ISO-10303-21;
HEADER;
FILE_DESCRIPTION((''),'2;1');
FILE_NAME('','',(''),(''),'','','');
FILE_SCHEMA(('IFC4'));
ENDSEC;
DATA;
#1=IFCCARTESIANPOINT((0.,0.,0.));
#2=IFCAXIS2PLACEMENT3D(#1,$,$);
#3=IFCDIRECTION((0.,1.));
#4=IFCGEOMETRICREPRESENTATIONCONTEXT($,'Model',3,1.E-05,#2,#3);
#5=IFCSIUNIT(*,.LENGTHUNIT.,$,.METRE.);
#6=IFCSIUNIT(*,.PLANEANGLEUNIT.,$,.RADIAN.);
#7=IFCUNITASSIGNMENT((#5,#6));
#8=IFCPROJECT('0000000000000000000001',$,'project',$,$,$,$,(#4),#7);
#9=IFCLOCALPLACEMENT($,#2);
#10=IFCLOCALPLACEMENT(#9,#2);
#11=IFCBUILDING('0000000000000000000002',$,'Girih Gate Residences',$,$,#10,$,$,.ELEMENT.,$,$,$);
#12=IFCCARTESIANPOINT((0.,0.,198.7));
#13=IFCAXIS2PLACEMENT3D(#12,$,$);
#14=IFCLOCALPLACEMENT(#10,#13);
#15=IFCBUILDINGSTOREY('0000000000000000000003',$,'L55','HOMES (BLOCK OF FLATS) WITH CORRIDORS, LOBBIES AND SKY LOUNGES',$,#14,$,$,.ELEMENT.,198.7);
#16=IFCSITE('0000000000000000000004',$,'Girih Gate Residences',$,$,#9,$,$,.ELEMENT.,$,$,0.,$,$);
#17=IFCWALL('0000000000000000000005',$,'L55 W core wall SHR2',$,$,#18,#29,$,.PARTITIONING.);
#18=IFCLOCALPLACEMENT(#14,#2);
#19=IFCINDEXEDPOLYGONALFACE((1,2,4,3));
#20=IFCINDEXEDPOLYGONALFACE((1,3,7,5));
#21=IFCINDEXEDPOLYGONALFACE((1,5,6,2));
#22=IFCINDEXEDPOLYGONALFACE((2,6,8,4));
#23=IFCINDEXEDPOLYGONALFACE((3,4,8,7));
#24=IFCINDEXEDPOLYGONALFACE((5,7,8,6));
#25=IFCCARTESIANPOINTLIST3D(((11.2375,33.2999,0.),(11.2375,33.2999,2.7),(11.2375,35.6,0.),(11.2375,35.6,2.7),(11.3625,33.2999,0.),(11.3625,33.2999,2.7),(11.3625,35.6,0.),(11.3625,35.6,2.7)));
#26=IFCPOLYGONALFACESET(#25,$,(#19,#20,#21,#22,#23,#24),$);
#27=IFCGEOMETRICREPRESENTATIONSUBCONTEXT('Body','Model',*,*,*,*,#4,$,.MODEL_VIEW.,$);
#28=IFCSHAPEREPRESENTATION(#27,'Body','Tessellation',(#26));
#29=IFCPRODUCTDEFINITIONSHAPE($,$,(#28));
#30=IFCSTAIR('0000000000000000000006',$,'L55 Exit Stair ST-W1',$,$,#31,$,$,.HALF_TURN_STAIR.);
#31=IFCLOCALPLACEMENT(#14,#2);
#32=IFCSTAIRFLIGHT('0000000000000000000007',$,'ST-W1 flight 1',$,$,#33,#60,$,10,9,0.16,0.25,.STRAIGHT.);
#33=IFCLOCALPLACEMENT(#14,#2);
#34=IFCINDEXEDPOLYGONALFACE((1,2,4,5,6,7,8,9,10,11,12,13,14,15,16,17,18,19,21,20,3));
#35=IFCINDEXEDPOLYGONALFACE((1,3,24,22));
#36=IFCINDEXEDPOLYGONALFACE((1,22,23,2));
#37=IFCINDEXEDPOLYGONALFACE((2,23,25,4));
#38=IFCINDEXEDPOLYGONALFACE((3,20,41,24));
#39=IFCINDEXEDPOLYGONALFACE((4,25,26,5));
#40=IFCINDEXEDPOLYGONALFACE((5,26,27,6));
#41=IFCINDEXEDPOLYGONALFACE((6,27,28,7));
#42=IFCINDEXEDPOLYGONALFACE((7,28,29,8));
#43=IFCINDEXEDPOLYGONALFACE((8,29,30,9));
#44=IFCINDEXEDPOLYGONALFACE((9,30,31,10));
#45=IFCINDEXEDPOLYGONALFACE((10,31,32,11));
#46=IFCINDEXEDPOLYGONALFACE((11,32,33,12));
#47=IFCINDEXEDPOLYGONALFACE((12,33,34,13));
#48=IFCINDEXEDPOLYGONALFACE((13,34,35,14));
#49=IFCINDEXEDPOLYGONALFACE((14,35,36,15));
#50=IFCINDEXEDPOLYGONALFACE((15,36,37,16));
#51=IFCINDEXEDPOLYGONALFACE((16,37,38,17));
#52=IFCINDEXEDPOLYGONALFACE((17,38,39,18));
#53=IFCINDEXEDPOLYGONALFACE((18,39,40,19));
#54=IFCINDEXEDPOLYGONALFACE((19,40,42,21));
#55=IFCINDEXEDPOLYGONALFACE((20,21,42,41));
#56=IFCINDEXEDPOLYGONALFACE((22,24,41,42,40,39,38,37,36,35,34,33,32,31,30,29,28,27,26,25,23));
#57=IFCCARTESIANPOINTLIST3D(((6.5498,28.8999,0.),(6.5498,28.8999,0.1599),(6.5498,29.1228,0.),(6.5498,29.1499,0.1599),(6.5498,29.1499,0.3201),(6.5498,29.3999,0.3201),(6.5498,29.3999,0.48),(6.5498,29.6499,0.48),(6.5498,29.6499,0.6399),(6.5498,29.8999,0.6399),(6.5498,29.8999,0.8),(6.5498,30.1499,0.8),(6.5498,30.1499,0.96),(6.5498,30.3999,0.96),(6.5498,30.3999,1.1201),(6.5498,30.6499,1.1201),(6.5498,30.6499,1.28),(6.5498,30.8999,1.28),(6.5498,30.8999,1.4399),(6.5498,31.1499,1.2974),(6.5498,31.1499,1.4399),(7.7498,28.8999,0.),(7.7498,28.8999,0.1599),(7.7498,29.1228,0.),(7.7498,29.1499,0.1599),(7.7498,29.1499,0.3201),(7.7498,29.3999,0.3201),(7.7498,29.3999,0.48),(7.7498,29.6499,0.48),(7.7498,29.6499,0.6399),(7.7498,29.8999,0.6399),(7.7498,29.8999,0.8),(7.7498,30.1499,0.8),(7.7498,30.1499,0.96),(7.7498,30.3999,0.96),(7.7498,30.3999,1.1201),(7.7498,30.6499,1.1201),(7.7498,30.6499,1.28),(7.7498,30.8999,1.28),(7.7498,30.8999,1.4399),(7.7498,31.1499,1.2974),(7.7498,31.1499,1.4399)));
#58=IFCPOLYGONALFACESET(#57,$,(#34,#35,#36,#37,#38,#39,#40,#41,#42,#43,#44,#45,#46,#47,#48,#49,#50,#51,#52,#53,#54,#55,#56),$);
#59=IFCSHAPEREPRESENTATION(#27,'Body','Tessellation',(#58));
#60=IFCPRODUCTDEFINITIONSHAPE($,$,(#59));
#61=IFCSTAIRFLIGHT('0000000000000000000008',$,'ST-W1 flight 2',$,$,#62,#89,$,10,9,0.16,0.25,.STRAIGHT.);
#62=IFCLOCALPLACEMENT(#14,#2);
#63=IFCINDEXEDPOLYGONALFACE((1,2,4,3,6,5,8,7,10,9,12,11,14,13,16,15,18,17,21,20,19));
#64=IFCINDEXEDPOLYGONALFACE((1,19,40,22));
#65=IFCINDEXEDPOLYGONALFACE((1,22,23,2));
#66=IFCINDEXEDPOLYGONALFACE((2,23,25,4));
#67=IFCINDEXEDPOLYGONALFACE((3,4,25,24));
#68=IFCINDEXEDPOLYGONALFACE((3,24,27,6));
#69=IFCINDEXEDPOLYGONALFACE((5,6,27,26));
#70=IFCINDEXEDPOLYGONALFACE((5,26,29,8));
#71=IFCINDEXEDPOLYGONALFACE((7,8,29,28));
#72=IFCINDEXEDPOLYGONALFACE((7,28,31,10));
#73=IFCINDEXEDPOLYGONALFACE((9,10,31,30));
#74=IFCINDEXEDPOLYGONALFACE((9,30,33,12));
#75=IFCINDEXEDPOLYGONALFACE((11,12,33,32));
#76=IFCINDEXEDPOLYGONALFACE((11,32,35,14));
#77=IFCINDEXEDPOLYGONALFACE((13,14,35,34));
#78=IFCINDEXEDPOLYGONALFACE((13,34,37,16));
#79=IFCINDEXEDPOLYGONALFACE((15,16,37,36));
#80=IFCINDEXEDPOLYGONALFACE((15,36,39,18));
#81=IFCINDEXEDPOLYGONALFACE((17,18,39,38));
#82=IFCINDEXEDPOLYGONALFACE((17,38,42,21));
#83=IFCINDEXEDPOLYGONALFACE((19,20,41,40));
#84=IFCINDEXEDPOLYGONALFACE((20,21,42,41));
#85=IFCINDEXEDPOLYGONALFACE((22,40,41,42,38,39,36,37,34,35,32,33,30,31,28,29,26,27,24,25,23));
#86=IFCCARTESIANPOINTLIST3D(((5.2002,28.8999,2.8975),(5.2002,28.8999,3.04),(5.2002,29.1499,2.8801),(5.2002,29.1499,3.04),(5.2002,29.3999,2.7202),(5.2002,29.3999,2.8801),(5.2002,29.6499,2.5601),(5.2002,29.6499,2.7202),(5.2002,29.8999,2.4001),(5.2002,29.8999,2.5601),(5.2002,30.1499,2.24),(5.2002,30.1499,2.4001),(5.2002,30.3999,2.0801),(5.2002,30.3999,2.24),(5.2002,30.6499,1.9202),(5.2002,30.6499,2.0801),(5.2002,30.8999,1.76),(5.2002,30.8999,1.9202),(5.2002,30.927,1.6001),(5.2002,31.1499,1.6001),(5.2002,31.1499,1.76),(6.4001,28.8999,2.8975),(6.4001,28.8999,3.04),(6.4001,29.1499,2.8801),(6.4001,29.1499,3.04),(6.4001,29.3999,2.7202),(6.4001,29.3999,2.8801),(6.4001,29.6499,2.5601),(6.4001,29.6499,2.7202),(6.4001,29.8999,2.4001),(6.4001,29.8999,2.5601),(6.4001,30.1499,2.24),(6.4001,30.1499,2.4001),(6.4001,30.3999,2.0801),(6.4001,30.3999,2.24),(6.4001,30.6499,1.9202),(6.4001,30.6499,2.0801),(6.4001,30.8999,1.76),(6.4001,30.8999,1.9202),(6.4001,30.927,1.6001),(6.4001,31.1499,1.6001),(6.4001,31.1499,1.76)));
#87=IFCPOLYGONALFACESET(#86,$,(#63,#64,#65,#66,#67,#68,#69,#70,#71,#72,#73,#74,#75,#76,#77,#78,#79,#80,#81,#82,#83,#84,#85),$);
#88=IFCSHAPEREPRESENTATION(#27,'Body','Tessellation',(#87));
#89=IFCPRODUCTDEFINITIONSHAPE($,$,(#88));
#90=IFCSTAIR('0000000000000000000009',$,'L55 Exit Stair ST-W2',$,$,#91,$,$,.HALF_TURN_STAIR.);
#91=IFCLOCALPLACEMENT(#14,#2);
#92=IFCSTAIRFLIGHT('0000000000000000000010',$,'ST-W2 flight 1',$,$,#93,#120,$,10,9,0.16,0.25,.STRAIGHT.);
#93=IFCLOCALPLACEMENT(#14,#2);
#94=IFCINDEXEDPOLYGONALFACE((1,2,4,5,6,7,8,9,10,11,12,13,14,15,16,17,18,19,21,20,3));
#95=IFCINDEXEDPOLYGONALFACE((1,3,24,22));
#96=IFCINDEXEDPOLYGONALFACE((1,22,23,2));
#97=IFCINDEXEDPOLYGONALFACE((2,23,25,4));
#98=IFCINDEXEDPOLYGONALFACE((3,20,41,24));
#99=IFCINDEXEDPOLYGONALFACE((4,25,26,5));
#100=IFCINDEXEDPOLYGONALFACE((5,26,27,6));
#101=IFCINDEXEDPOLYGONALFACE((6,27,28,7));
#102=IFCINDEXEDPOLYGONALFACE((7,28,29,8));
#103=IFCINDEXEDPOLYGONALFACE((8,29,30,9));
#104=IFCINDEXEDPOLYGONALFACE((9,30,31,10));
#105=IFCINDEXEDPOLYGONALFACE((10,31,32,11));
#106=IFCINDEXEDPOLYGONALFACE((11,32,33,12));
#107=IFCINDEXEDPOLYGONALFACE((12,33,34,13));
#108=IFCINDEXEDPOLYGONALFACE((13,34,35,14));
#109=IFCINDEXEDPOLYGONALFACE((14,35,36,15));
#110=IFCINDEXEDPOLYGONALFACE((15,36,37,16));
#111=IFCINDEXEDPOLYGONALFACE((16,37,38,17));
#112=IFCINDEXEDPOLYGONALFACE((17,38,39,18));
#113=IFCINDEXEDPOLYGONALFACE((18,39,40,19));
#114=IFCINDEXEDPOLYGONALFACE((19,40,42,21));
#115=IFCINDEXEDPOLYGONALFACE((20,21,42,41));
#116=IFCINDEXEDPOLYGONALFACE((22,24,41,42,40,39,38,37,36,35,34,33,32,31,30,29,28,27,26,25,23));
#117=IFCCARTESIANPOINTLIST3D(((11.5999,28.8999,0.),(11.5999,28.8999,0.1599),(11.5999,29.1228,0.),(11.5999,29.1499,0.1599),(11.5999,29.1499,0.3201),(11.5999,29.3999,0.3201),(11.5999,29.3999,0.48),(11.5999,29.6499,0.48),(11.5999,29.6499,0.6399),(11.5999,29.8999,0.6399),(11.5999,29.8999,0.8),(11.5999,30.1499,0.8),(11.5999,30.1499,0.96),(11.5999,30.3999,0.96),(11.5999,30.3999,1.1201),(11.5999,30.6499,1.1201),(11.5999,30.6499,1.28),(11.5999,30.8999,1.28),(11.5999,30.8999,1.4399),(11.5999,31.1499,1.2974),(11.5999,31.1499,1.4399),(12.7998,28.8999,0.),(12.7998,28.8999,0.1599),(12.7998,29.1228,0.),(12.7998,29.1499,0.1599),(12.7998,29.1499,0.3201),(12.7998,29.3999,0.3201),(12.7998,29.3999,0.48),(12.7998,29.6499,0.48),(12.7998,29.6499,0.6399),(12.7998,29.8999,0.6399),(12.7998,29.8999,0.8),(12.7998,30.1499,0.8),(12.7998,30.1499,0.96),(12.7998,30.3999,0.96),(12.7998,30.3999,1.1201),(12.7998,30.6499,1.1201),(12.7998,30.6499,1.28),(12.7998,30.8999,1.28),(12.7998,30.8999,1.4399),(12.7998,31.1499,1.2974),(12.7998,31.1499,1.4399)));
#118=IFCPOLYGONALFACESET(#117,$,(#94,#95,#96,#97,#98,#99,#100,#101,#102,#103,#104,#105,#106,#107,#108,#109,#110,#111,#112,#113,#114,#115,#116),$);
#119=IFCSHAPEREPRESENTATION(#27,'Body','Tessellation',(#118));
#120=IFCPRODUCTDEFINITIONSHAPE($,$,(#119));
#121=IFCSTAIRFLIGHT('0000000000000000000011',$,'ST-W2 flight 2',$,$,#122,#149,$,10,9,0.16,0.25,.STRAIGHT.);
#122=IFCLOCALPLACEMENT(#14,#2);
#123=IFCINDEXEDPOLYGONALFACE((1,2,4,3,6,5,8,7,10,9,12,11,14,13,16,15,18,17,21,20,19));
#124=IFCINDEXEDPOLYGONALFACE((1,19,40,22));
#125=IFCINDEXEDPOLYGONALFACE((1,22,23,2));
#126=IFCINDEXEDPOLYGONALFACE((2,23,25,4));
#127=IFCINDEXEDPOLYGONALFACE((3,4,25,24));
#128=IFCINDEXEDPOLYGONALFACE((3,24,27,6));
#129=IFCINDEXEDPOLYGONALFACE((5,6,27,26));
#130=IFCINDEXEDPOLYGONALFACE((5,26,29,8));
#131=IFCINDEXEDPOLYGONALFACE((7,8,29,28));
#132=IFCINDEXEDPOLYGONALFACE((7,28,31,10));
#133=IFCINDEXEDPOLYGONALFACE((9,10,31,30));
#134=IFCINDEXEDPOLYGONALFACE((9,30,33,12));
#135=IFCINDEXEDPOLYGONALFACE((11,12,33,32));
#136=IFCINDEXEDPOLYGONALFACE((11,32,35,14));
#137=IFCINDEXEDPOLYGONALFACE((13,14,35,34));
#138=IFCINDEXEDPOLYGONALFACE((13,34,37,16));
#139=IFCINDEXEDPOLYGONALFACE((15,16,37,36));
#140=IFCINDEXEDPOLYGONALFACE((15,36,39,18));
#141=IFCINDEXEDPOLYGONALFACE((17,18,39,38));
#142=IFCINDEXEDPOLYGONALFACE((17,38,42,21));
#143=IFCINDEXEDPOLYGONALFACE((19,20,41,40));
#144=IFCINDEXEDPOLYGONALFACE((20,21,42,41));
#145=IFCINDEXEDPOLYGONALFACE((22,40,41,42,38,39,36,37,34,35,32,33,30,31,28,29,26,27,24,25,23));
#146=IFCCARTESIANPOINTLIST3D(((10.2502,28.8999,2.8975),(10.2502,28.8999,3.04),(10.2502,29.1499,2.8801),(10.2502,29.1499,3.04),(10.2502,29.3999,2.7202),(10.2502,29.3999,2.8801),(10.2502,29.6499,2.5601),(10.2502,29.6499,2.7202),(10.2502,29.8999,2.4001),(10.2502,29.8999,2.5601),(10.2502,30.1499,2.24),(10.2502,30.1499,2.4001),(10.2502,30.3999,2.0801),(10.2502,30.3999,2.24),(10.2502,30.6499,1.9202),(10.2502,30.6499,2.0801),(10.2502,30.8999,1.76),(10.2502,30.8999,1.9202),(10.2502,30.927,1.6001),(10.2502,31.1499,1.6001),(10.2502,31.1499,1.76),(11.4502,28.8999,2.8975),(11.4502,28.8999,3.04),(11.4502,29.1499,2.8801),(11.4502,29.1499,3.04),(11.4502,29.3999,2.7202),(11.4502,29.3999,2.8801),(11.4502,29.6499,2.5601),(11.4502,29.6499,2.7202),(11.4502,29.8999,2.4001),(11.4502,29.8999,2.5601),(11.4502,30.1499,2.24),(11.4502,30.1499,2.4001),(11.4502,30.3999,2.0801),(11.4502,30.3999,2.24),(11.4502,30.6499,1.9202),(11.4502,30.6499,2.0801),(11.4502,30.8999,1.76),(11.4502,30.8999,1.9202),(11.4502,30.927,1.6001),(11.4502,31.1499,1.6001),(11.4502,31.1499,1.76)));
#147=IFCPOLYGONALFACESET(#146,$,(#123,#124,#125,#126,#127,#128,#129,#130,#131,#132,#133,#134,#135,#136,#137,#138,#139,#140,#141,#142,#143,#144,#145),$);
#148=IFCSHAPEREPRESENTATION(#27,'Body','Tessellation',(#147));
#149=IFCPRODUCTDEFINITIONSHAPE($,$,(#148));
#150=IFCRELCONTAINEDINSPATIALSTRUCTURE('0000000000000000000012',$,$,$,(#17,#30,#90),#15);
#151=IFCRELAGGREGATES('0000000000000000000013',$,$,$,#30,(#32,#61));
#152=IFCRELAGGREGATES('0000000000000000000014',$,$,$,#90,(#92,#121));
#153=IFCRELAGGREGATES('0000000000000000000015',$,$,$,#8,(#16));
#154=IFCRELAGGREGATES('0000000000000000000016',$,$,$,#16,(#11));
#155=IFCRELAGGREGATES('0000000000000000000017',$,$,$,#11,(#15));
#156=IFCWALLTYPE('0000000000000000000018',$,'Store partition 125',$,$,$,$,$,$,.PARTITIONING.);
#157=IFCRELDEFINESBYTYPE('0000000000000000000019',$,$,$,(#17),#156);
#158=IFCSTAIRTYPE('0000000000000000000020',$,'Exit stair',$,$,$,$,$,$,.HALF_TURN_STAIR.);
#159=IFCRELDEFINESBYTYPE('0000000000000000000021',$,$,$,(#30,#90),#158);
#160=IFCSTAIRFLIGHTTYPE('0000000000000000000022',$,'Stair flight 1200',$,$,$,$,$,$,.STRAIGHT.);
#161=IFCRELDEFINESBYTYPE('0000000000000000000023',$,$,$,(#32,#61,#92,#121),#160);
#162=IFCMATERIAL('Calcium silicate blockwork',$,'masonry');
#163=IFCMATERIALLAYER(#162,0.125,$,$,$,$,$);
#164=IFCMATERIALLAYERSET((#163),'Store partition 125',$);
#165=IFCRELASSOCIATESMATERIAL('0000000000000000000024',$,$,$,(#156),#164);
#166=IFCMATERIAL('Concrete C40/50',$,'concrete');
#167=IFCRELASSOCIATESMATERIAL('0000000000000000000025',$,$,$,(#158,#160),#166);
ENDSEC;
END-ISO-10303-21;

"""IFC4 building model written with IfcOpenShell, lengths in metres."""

from ifc_helpers import new_model, si_unit, direction, frame, frame_2d, origin, place, context, subcontext, project, spatial, polyline, rectangle, outline, extrude, material, layer, layer_set, type_object, element, aggregate, save


model = new_model("IFC4")

# Units and contexts
model_context = context("Model", 3, precision=1e-05, world=origin(), true_north=direction((0.0, 1.0)))
body_context = subcontext(model_context, "Body", "Model", "MODEL_VIEW")
ifc_project = project(units=[si_unit("LENGTHUNIT", "METRE"), si_unit("PLANEANGLEUNIT", "RADIAN")], contexts=[model_context])

# Site, building, storey
site_placement = place(None, origin())
site = spatial("IfcSite", under=ifc_project, at=site_placement, Name="Girih Gate Residences", CompositionType="ELEMENT", RefElevation=0.0)
building_placement = place(site_placement, origin())
building = spatial("IfcBuilding", under=site, at=building_placement, Name="Girih Gate Residences", CompositionType="ELEMENT")
storey_placement = place(building_placement, frame((0.0, 0.0, 198.7)))
storey = spatial("IfcBuildingStorey", under=building, at=storey_placement, Name="L55", Description="HOMES (BLOCK OF FLATS) WITH CORRIDORS, LOBBIES AND SKY LOUNGES", CompositionType="ELEMENT", Elevation=198.7)

# Shared definitions
ifc_material_1 = material(Name="Concrete C40/50", Category="concrete")

# Wall
ifc_material_2 = material(Name="Calcium silicate blockwork", Category="masonry")
ifc_layer_1 = layer(ifc_material_2, 0.125)
ifc_layer_set_1 = layer_set([ifc_layer_1], Name="Store partition 125")
wall_type_1 = type_object("IfcWallType", Name="Store partition 125", PredefinedType="PARTITIONING", material=ifc_layer_set_1)
wall_1_placement = place(storey_placement, frame((11.3, 33.3, 0.0), z_axis=(0.0, 0.0, 1.0), x_axis=(0.0, 1.0, 0.0)))
element("IfcWall", 1, at=wall_1_placement, inside=storey, type_object=wall_type_1, Name="L55 W core wall SHR2", PredefinedType="PARTITIONING", context=body_context, shape_type="SweptSolid", body=[
    extrude(rectangle(XDim=2.3, YDim=0.125, at=frame_2d((1.1499, 0.0))), origin(), (0.0, 0.0, 1.0), 2.7),
])

# Stairs, stair flights
stair_type = type_object("IfcStairType", Name="Exit stair", PredefinedType="HALF_TURN_STAIR", material=ifc_material_1)
stair_1_placement = place(storey_placement, origin())
stair_1 = element("IfcStair", 2, at=stair_1_placement, inside=storey, type_object=stair_type, Name="L55 Exit Stair ST-W1", PredefinedType="HALF_TURN_STAIR")
stair_flight_type = type_object("IfcStairFlightType", Name="Stair flight 1200", PredefinedType="STRAIGHT", material=ifc_material_1)
stair_flight_1_placement = place(storey_placement, frame((7.1499, 28.8999, 0.0), z_axis=(0.0, 0.0, 1.0), x_axis=(0.0, 1.0, 0.0)))
stair_flight_1 = element("IfcStairFlight", 3, at=stair_flight_1_placement, type_object=stair_flight_type, Name="ST-W1 flight 1", NumberOfRisers=10, NumberOfTreads=9, PredefinedType="STRAIGHT", RiserHeight=0.16, TreadLength=0.25, context=body_context, shape_type="SweptSolid", body=[
    extrude(outline(polyline([(0.0, 0.0), (0.0, 0.1599), (0.25, 0.1599), (0.25, 0.3201), (0.5, 0.3201), (0.5, 0.48), (0.75, 0.48), (0.75, 0.6399), (1.0, 0.6399), (1.0, 0.8), (1.25, 0.8), (1.25, 0.96), (1.5, 0.96), (1.5, 1.1201), (1.75, 1.1201), (1.75, 1.28), (2.0, 1.28), (2.0, 1.4399), (2.25, 1.4399), (2.25, 1.6001), (2.25, 1.2974), (0.2229, 0.0), (0.0, 0.0)])), frame((0.0, 0.6001, 0.0), z_axis=(0.0, -1.0, 0.0), x_axis=(1.0, 0.0, 0.0)), (0.0, 0.0, 1.0), 1.2),
])
stair_flight_2_placement = place(storey_placement, frame((5.8, 31.1499, 1.6001), z_axis=(0.0, 0.0, 1.0), x_axis=(0.0, -1.0, 0.0)))
stair_flight_2 = element("IfcStairFlight", 4, at=stair_flight_2_placement, type_object=stair_flight_type, Name="ST-W1 flight 2", NumberOfRisers=10, NumberOfTreads=9, PredefinedType="STRAIGHT", RiserHeight=0.16, TreadLength=0.25, context=body_context, shape_type="SweptSolid", body=[
    extrude(outline(polyline([(0.0, 0.0), (0.0, 0.1599), (0.25, 0.1599), (0.25, 0.3201), (0.5, 0.3201), (0.5, 0.48), (0.75, 0.48), (0.75, 0.6399), (1.0, 0.6399), (1.0, 0.8), (1.25, 0.8), (1.25, 0.96), (1.5, 0.96), (1.5, 1.1201), (1.75, 1.1201), (1.75, 1.28), (2.0, 1.28), (2.0, 1.4399), (2.25, 1.4399), (2.25, 1.6001), (2.25, 1.2974), (0.2229, 0.0), (0.0, 0.0)])), frame((0.0, 0.6001, 0.0), z_axis=(0.0, -1.0, 0.0), x_axis=(1.0, 0.0, 0.0)), (0.0, 0.0, 1.0), 1.2),
])
aggregate(stair_1, [stair_flight_1, stair_flight_2])
stair_2_placement = place(storey_placement, origin())
stair_2 = element("IfcStair", 5, at=stair_2_placement, inside=storey, type_object=stair_type, Name="L55 Exit Stair ST-W2", PredefinedType="HALF_TURN_STAIR")
stair_flight_3_placement = place(storey_placement, frame((12.2, 28.8999, 0.0), z_axis=(0.0, 0.0, 1.0), x_axis=(0.0, 1.0, 0.0)))
stair_flight_3 = element("IfcStairFlight", 6, at=stair_flight_3_placement, type_object=stair_flight_type, Name="ST-W2 flight 1", NumberOfRisers=10, NumberOfTreads=9, PredefinedType="STRAIGHT", RiserHeight=0.16, TreadLength=0.25, context=body_context, shape_type="SweptSolid", body=[
    extrude(outline(polyline([(0.0, 0.0), (0.0, 0.1599), (0.25, 0.1599), (0.25, 0.3201), (0.5, 0.3201), (0.5, 0.48), (0.75, 0.48), (0.75, 0.6399), (1.0, 0.6399), (1.0, 0.8), (1.25, 0.8), (1.25, 0.96), (1.5, 0.96), (1.5, 1.1201), (1.75, 1.1201), (1.75, 1.28), (2.0, 1.28), (2.0, 1.4399), (2.25, 1.4399), (2.25, 1.6001), (2.25, 1.2974), (0.2229, 0.0), (0.0, 0.0)])), frame((0.0, 0.6001, 0.0), z_axis=(0.0, -1.0, 0.0), x_axis=(1.0, 0.0, 0.0)), (0.0, 0.0, 1.0), 1.2),
])
stair_flight_4_placement = place(storey_placement, frame((10.8501, 31.1499, 1.6001), z_axis=(0.0, 0.0, 1.0), x_axis=(0.0, -1.0, 0.0)))
stair_flight_4 = element("IfcStairFlight", 7, at=stair_flight_4_placement, type_object=stair_flight_type, Name="ST-W2 flight 2", NumberOfRisers=10, NumberOfTreads=9, PredefinedType="STRAIGHT", RiserHeight=0.16, TreadLength=0.25, context=body_context, shape_type="SweptSolid", body=[
    extrude(outline(polyline([(0.0, 0.0), (0.0, 0.1599), (0.25, 0.1599), (0.25, 0.3201), (0.5, 0.3201), (0.5, 0.48), (0.75, 0.48), (0.75, 0.6399), (1.0, 0.6399), (1.0, 0.8), (1.25, 0.8), (1.25, 0.96), (1.5, 0.96), (1.5, 1.1201), (1.75, 1.1201), (1.75, 1.28), (2.0, 1.28), (2.0, 1.4399), (2.25, 1.4399), (2.25, 1.6001), (2.25, 1.2974), (0.2229, 0.0), (0.0, 0.0)])), frame((0.0, 0.6001, 0.0), z_axis=(0.0, -1.0, 0.0), x_axis=(1.0, 0.0, 0.0)), (0.0, 0.0, 1.0), 1.2),
])
aggregate(stair_2, [stair_flight_3, stair_flight_4])

save(model, "model.ifc")
